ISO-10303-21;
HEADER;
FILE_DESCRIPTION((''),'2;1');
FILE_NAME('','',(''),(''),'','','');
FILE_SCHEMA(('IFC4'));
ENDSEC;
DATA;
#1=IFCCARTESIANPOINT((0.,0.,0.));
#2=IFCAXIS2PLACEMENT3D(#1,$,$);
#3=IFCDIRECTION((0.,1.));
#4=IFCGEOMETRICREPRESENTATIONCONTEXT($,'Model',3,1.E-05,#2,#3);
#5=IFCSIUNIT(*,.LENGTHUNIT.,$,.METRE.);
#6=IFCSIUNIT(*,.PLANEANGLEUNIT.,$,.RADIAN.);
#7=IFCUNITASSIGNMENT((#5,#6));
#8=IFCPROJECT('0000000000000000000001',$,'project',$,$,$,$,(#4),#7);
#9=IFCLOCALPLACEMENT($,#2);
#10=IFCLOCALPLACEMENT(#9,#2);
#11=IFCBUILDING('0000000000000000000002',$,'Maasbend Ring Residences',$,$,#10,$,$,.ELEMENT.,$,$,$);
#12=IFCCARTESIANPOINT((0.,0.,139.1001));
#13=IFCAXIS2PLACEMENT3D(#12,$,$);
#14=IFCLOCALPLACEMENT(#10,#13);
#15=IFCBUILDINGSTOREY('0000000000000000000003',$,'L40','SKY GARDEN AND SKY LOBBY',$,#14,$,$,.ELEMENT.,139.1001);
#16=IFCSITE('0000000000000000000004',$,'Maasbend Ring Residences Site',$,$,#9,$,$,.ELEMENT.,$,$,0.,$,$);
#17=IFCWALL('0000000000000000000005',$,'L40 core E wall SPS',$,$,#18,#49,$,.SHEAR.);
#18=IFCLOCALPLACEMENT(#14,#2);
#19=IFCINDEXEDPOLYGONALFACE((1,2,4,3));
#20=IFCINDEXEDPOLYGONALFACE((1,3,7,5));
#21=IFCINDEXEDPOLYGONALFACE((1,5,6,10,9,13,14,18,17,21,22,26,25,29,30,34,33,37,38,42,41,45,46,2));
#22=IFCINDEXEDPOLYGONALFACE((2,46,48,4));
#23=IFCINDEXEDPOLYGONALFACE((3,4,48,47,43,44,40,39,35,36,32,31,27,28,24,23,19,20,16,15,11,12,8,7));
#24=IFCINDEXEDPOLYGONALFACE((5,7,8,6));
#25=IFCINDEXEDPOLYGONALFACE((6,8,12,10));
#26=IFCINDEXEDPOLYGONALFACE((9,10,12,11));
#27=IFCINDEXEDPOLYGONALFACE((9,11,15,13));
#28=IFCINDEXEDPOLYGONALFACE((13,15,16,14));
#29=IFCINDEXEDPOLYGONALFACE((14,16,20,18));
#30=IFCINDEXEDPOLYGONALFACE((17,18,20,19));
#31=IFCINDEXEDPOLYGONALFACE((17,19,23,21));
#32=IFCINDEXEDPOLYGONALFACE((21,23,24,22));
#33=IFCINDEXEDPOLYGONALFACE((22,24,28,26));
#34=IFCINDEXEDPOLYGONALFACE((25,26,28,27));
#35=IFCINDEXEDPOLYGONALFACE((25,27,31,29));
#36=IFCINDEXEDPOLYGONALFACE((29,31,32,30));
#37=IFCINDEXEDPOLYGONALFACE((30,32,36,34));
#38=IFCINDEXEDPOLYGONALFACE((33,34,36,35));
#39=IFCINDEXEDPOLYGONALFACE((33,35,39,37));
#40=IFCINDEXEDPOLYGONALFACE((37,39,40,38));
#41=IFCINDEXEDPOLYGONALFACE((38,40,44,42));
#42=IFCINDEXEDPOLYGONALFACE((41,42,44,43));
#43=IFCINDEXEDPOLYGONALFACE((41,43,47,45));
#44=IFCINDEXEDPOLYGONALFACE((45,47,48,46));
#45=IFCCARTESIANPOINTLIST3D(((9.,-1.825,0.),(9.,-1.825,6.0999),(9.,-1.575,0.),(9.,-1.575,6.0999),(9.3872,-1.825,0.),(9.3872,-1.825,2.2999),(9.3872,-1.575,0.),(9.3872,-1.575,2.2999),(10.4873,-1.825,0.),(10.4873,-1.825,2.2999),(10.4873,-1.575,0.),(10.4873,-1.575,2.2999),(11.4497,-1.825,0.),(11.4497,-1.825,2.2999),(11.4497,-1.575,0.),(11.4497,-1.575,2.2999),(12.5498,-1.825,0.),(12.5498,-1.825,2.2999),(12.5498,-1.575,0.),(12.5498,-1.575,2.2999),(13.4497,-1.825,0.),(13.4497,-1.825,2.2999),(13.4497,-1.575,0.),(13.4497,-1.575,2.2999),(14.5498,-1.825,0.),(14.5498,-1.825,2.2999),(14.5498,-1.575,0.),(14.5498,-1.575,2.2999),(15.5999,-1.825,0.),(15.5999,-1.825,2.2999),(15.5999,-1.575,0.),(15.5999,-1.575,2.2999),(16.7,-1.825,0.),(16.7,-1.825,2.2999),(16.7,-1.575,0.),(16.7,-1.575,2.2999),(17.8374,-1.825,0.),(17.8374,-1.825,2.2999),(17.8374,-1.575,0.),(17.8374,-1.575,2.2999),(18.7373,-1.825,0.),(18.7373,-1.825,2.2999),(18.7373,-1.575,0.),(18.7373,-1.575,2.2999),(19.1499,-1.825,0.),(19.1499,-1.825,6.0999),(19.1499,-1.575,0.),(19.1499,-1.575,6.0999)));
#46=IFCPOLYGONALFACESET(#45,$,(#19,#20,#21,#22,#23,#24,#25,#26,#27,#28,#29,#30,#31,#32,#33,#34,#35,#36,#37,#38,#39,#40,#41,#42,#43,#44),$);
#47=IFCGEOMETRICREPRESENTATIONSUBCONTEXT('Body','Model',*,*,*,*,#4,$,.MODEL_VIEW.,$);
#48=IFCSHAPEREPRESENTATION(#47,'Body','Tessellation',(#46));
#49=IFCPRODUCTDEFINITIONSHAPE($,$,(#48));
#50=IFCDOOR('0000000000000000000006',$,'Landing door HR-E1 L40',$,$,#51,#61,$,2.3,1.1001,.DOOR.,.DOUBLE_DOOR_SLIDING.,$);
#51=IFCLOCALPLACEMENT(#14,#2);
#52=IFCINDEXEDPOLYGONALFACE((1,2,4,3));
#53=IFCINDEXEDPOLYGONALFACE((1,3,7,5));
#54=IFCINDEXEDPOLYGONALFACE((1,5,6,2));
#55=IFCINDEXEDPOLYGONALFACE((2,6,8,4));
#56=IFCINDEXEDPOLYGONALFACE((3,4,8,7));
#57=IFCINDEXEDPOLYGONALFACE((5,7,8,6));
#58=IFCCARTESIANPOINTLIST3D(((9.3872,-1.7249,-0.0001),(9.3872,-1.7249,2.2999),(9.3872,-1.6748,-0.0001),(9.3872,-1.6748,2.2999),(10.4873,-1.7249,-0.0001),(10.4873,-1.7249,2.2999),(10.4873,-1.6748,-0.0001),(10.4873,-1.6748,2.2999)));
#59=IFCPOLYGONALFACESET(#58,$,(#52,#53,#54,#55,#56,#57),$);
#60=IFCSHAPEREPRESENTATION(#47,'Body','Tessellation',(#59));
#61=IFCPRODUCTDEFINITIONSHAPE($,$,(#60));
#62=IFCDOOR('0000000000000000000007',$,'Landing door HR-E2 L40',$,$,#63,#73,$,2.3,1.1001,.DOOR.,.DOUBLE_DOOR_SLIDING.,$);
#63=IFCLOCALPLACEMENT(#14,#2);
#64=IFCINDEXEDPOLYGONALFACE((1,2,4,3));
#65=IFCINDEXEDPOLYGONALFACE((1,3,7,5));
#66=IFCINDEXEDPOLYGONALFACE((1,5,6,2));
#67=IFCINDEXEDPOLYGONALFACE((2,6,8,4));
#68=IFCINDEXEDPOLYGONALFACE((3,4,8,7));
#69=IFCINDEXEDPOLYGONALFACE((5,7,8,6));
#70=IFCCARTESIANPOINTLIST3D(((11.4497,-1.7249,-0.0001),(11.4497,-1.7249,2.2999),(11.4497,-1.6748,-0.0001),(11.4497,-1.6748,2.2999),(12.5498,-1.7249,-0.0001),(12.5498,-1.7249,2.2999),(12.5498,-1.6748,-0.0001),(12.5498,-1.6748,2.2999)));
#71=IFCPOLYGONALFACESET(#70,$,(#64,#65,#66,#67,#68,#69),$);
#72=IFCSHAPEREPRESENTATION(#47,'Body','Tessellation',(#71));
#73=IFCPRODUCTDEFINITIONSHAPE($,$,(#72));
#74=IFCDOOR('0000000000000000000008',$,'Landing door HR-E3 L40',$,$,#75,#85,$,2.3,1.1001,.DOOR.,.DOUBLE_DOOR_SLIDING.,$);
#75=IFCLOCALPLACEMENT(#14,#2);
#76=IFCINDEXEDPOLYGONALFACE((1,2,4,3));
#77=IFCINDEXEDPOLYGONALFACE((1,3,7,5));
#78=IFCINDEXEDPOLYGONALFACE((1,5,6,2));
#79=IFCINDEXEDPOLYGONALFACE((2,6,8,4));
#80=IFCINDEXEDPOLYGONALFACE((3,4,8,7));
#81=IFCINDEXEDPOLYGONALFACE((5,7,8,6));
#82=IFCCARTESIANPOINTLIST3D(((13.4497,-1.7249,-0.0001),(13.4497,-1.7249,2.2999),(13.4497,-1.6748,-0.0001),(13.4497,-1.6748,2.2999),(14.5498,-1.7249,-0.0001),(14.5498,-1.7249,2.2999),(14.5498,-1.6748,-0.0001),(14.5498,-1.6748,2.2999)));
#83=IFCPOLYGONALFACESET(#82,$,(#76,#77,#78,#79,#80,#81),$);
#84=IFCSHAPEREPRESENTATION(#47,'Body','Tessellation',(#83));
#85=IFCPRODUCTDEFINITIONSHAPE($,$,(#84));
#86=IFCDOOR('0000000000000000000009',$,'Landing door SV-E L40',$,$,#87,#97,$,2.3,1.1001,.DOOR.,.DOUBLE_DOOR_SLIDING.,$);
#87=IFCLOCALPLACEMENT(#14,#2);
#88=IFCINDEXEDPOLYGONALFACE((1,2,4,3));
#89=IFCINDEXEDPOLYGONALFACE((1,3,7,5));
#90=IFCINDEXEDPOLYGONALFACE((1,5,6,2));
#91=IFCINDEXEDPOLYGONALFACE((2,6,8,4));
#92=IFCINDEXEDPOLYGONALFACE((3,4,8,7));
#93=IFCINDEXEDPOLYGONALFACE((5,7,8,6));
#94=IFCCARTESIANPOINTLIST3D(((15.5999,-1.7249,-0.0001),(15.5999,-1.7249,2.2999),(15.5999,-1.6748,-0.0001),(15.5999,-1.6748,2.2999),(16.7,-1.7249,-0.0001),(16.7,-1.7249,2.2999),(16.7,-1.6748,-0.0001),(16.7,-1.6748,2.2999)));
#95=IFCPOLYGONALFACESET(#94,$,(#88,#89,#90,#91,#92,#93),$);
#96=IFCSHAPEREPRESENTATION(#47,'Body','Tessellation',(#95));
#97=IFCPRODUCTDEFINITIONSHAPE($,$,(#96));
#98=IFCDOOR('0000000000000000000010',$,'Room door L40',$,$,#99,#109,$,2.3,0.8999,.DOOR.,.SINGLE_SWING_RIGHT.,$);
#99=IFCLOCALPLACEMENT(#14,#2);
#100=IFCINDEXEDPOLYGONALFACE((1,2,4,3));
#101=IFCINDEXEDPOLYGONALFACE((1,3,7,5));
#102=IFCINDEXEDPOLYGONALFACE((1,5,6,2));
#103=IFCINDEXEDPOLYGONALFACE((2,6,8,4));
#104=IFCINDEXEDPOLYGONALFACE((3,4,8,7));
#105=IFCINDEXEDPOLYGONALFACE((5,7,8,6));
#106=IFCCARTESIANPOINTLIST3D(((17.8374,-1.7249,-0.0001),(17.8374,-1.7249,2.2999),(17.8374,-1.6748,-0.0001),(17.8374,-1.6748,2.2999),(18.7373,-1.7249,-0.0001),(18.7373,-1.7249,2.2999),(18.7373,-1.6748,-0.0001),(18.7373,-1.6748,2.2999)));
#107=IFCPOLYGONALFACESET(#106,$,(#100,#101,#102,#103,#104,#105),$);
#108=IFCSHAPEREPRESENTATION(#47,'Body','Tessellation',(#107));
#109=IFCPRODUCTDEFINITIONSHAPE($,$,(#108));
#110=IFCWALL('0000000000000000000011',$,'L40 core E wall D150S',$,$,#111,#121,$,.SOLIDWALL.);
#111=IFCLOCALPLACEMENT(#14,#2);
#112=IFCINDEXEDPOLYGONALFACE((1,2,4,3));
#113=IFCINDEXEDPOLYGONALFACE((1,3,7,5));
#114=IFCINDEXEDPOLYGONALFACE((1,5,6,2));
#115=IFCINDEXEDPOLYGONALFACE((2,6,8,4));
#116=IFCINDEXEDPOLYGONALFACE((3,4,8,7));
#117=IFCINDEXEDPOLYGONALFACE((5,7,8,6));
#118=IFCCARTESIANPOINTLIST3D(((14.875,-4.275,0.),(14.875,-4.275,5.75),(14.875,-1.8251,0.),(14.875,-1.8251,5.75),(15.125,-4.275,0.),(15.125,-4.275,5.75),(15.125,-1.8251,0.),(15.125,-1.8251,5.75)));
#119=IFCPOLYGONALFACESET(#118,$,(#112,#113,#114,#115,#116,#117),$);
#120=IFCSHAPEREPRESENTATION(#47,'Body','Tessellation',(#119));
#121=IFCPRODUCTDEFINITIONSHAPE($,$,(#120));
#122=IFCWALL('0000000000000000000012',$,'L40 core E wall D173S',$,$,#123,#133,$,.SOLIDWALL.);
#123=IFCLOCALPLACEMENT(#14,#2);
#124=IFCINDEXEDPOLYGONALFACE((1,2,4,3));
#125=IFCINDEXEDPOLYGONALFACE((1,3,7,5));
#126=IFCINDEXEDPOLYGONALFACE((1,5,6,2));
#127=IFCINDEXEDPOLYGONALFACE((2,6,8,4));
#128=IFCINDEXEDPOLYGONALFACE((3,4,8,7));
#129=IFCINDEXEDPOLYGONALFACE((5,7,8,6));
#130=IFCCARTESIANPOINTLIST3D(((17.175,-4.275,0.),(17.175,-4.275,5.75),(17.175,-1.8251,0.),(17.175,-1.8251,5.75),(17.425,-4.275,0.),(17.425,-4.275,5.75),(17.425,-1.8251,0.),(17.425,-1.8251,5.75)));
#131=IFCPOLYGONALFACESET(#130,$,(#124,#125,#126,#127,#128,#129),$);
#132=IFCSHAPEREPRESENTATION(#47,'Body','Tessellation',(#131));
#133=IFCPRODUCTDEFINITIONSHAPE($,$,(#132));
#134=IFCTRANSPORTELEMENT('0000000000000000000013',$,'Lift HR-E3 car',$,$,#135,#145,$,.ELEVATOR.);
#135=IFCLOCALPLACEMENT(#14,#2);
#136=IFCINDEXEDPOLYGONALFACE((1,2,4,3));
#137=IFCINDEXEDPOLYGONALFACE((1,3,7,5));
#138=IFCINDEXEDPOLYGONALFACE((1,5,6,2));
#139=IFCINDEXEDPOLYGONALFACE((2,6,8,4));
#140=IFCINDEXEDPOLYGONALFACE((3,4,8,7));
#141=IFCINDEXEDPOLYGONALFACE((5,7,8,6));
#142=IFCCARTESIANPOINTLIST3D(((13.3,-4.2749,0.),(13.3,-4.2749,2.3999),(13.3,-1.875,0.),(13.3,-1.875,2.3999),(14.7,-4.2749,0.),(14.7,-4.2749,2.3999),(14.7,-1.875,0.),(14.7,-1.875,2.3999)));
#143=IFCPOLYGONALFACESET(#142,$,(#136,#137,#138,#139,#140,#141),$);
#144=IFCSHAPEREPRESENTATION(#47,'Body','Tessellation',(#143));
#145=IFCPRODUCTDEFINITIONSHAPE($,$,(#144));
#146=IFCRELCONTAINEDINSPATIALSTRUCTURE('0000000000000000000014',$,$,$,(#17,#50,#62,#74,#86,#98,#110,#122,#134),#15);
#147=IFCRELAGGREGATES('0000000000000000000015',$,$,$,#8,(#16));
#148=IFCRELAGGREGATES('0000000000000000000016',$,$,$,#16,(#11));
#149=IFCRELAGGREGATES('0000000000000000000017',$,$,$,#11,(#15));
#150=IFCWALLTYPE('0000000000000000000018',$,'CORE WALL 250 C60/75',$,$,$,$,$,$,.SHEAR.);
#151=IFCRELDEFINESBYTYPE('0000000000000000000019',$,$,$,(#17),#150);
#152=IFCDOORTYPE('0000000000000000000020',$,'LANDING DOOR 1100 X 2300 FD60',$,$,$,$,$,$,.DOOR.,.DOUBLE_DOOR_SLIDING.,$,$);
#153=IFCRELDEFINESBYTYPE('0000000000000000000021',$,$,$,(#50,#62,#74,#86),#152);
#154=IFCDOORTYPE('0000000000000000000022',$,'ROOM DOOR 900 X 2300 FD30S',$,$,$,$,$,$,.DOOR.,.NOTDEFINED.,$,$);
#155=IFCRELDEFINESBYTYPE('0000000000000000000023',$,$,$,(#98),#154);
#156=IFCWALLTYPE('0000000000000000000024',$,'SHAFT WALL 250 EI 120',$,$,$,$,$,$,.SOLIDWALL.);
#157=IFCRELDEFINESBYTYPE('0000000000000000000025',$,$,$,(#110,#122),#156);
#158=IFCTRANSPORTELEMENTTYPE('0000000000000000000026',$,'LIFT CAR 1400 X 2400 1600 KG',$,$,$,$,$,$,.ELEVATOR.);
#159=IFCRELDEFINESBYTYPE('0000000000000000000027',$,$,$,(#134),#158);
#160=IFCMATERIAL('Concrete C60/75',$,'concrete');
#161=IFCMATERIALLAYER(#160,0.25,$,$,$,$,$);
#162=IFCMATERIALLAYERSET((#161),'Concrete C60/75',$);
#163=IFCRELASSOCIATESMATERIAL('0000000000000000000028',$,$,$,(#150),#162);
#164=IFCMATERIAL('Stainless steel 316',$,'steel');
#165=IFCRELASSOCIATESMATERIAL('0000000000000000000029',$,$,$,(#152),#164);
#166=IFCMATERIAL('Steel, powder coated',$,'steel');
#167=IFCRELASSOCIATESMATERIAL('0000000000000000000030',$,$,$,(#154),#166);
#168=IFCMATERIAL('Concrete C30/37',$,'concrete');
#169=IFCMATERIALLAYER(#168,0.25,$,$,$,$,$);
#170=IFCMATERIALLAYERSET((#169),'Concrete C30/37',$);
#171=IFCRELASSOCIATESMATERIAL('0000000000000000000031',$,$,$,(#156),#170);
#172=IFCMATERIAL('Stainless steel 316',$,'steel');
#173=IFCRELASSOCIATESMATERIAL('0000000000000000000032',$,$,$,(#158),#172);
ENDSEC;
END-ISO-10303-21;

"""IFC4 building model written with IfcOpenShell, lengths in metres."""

from ifc_helpers import new_model, si_unit, direction, frame, frame_2d, origin, origin_2d, place, context, subcontext, project, spatial, rectangle, extrude, material, layer, layer_set, type_object, element, fill, save


model = new_model("IFC4")

# Units and contexts
model_context = context("Model", 3, precision=1e-05, world=origin(), true_north=direction((0.0, 1.0)))
body_context = subcontext(model_context, "Body", "Model", "MODEL_VIEW")
ifc_project = project(units=[si_unit("LENGTHUNIT", "METRE"), si_unit("PLANEANGLEUNIT", "RADIAN")], contexts=[model_context])

# Site, building, storey
site_placement = place(None, origin())
site = spatial("IfcSite", under=ifc_project, at=site_placement, Name="Maasbend Ring Residences Site", CompositionType="ELEMENT", RefElevation=0.0)
building_placement = place(site_placement, origin())
building = spatial("IfcBuilding", under=site, at=building_placement, Name="Maasbend Ring Residences", CompositionType="ELEMENT")
storey_placement = place(building_placement, frame((0.0, 0.0, 139.1001)))
storey = spatial("IfcBuildingStorey", under=building, at=storey_placement, Name="L40", Description="SKY GARDEN AND SKY LOBBY", CompositionType="ELEMENT", Elevation=139.1001)

# Wall, openings, doors
ifc_material_1 = material(Name="Concrete C60/75", Category="concrete")
ifc_layer_1 = layer(ifc_material_1, 0.25)
ifc_layer_set_1 = layer_set([ifc_layer_1], Name="Concrete C60/75")
wall_type_1 = type_object("IfcWallType", Name="CORE WALL 250 C60/75", PredefinedType="SHEAR", material=ifc_layer_set_1)
wall_placement = place(storey_placement, frame((19.1499, -1.7, 0.0), z_axis=(0.0, 0.0, 1.0), x_axis=(-1.0, 0.0, 0.0)))
wall = element("IfcWall", 1, at=wall_placement, inside=storey, type_object=wall_type_1, Name="L40 core E wall SPS", PredefinedType="SHEAR", context=body_context, shape_type="SweptSolid", body=[
    extrude(rectangle(XDim=10.1499, YDim=0.25, at=frame_2d((5.075, 0.0))), origin(), (0.0, 0.0, 1.0), 6.0999),
])
opening_1_placement = place(wall_placement, frame((8.6626, 0.0, 0.0)))
opening_1 = element("IfcOpeningElement", 2, at=opening_1_placement, cuts=wall, PredefinedType="OPENING", context=body_context, shape_type="SweptSolid", body=[
    extrude(rectangle(XDim=1.1001, YDim=2.3, at=frame_2d((0.55, 1.1499))), frame((0.0, 0.135, 0.0), z_axis=(0.0, -1.0, 0.0), x_axis=(1.0, 0.0, 0.0)), (0.0, 0.0, 1.0), 0.27),
])
opening_2_placement = place(wall_placement, frame((6.6001, 0.0, 0.0)))
opening_2 = element("IfcOpeningElement", 3, at=opening_2_placement, cuts=wall, PredefinedType="OPENING", context=body_context, shape_type="SweptSolid", body=[
    extrude(rectangle(XDim=1.1001, YDim=2.3, at=frame_2d((0.55, 1.1499))), frame((0.0, 0.135, 0.0), z_axis=(0.0, -1.0, 0.0), x_axis=(1.0, 0.0, 0.0)), (0.0, 0.0, 1.0), 0.27),
])
opening_3_placement = place(wall_placement, frame((4.6001, 0.0, 0.0)))
opening_3 = element("IfcOpeningElement", 4, at=opening_3_placement, cuts=wall, PredefinedType="OPENING", context=body_context, shape_type="SweptSolid", body=[
    extrude(rectangle(XDim=1.1001, YDim=2.3, at=frame_2d((0.55, 1.1499))), frame((0.0, 0.135, 0.0), z_axis=(0.0, -1.0, 0.0), x_axis=(1.0, 0.0, 0.0)), (0.0, 0.0, 1.0), 0.27),
])
opening_4_placement = place(wall_placement, frame((2.45, 0.0, 0.0)))
opening_4 = element("IfcOpeningElement", 5, at=opening_4_placement, cuts=wall, PredefinedType="OPENING", context=body_context, shape_type="SweptSolid", body=[
    extrude(rectangle(XDim=1.1001, YDim=2.3, at=frame_2d((0.55, 1.1499))), frame((0.0, 0.135, 0.0), z_axis=(0.0, -1.0, 0.0), x_axis=(1.0, 0.0, 0.0)), (0.0, 0.0, 1.0), 0.27),
])
opening_5_placement = place(wall_placement, frame((0.4126, 0.0, 0.0)))
opening_5 = element("IfcOpeningElement", 6, at=opening_5_placement, cuts=wall, PredefinedType="OPENING", context=body_context, shape_type="SweptSolid", body=[
    extrude(rectangle(XDim=0.8999, YDim=2.3, at=frame_2d((0.45, 1.1499))), frame((0.0, 0.135, 0.0), z_axis=(0.0, -1.0, 0.0), x_axis=(1.0, 0.0, 0.0)), (0.0, 0.0, 1.0), 0.27),
])
ifc_material_2 = material(Name="Stainless steel 316", Category="steel")
door_type_1 = type_object("IfcDoorType", Name="LANDING DOOR 1100 X 2300 FD60", OperationType="DOUBLE_DOOR_SLIDING", PredefinedType="DOOR", material=ifc_material_2)
door_1_placement = place(opening_1_placement, origin())
door_1 = element("IfcDoor", 7, at=door_1_placement, inside=storey, type_object=door_type_1, Name="Landing door HR-E1 L40", OperationType="DOUBLE_DOOR_SLIDING", OverallHeight=2.3, OverallWidth=1.1001, PredefinedType="DOOR", context=body_context, shape_type="SweptSolid", body=[
    extrude(rectangle(XDim=1.1001, YDim=2.3, at=frame_2d((0.55, 1.1499))), frame((0.0, 0.0249, 0.0), z_axis=(0.0, -1.0, 0.0), x_axis=(1.0, 0.0, 0.0)), (0.0, 0.0, 1.0), 0.05),
])
fill(opening_1, door_1)
door_2_placement = place(opening_2_placement, origin())
door_2 = element("IfcDoor", 8, at=door_2_placement, inside=storey, type_object=door_type_1, Name="Landing door HR-E2 L40", OperationType="DOUBLE_DOOR_SLIDING", OverallHeight=2.3, OverallWidth=1.1001, PredefinedType="DOOR", context=body_context, shape_type="SweptSolid", body=[
    extrude(rectangle(XDim=1.1001, YDim=2.3, at=frame_2d((0.55, 1.1499))), frame((0.0, 0.0249, 0.0), z_axis=(0.0, -1.0, 0.0), x_axis=(1.0, 0.0, 0.0)), (0.0, 0.0, 1.0), 0.05),
])
fill(opening_2, door_2)
door_3_placement = place(opening_3_placement, origin())
door_3 = element("IfcDoor", 9, at=door_3_placement, inside=storey, type_object=door_type_1, Name="Landing door HR-E3 L40", OperationType="DOUBLE_DOOR_SLIDING", OverallHeight=2.3, OverallWidth=1.1001, PredefinedType="DOOR", context=body_context, shape_type="SweptSolid", body=[
    extrude(rectangle(XDim=1.1001, YDim=2.3, at=frame_2d((0.55, 1.1499))), frame((0.0, 0.0249, 0.0), z_axis=(0.0, -1.0, 0.0), x_axis=(1.0, 0.0, 0.0)), (0.0, 0.0, 1.0), 0.05),
])
fill(opening_3, door_3)
door_4_placement = place(opening_4_placement, origin())
door_4 = element("IfcDoor", 10, at=door_4_placement, inside=storey, type_object=door_type_1, Name="Landing door SV-E L40", OperationType="DOUBLE_DOOR_SLIDING", OverallHeight=2.3, OverallWidth=1.1001, PredefinedType="DOOR", context=body_context, shape_type="SweptSolid", body=[
    extrude(rectangle(XDim=1.1001, YDim=2.3, at=frame_2d((0.55, 1.1499))), frame((0.0, 0.0249, 0.0), z_axis=(0.0, -1.0, 0.0), x_axis=(1.0, 0.0, 0.0)), (0.0, 0.0, 1.0), 0.05),
])
fill(opening_4, door_4)
ifc_material_3 = material(Name="Steel, powder coated", Category="steel")
door_type_2 = type_object("IfcDoorType", Name="ROOM DOOR 900 X 2300 FD30S", OperationType="NOTDEFINED", PredefinedType="DOOR", material=ifc_material_3)
door_5_placement = place(opening_5_placement, origin())
door_5 = element("IfcDoor", 11, at=door_5_placement, inside=storey, type_object=door_type_2, Name="Room door L40", OperationType="SINGLE_SWING_RIGHT", OverallHeight=2.3, OverallWidth=0.8999, PredefinedType="DOOR", context=body_context, shape_type="SweptSolid", body=[
    extrude(rectangle(XDim=0.8999, YDim=2.3, at=frame_2d((0.45, 1.1499))), frame((0.0, 0.0249, 0.0), z_axis=(0.0, -1.0, 0.0), x_axis=(1.0, 0.0, 0.0)), (0.0, 0.0, 1.0), 0.05),
])
fill(opening_5, door_5)

# Walls
ifc_material_4 = material(Name="Concrete C30/37", Category="concrete")
ifc_layer_2 = layer(ifc_material_4, 0.25)
ifc_layer_set_2 = layer_set([ifc_layer_2], Name="Concrete C30/37")
wall_type_2 = type_object("IfcWallType", Name="SHAFT WALL 250 EI 120", PredefinedType="SOLIDWALL", material=ifc_layer_set_2)
for number, where, z_axis, x_axis, name in (
    (12, (15.0, -1.825, 0.0), (0.0, 0.0, 1.0), (0.0, -1.0, 0.0), "L40 core E wall D150S"),
    (13, (17.3, -1.825, 0.0), (0.0, 0.0, 1.0), (0.0, -1.0, 0.0), "L40 core E wall D173S"),
):
    element("IfcWall", number, at=place(storey_placement, frame(where, z_axis=z_axis, x_axis=x_axis)), inside=storey, type_object=wall_type_2, Name=name, PredefinedType="SOLIDWALL", context=body_context, shape_type="SweptSolid", body=[
        extrude(rectangle(XDim=2.45, YDim=0.25, at=frame_2d((1.2251, 0.0))), origin(), (0.0, 0.0, 1.0), 5.75),
    ])

# Transport element
ifc_material_5 = material(Name="Stainless steel 316", Category="steel")
transport_element_type = type_object("IfcTransportElementType", Name="LIFT CAR 1400 X 2400 1600 KG", PredefinedType="ELEVATOR", material=ifc_material_5)
transport_element_placement = place(storey_placement, frame((14.0, -3.075, 0.0), z_axis=(0.0, 0.0, 1.0), x_axis=(1.0, 0.0, 0.0)))
element("IfcTransportElement", 14, at=transport_element_placement, inside=storey, type_object=transport_element_type, Name="Lift HR-E3 car", PredefinedType="ELEVATOR", context=body_context, shape_type="SweptSolid", body=[
    extrude(rectangle(XDim=1.3999, YDim=2.3999, at=origin_2d()), origin(), (0.0, 0.0, 1.0), 2.3999),
])

save(model, "model.ifc")
